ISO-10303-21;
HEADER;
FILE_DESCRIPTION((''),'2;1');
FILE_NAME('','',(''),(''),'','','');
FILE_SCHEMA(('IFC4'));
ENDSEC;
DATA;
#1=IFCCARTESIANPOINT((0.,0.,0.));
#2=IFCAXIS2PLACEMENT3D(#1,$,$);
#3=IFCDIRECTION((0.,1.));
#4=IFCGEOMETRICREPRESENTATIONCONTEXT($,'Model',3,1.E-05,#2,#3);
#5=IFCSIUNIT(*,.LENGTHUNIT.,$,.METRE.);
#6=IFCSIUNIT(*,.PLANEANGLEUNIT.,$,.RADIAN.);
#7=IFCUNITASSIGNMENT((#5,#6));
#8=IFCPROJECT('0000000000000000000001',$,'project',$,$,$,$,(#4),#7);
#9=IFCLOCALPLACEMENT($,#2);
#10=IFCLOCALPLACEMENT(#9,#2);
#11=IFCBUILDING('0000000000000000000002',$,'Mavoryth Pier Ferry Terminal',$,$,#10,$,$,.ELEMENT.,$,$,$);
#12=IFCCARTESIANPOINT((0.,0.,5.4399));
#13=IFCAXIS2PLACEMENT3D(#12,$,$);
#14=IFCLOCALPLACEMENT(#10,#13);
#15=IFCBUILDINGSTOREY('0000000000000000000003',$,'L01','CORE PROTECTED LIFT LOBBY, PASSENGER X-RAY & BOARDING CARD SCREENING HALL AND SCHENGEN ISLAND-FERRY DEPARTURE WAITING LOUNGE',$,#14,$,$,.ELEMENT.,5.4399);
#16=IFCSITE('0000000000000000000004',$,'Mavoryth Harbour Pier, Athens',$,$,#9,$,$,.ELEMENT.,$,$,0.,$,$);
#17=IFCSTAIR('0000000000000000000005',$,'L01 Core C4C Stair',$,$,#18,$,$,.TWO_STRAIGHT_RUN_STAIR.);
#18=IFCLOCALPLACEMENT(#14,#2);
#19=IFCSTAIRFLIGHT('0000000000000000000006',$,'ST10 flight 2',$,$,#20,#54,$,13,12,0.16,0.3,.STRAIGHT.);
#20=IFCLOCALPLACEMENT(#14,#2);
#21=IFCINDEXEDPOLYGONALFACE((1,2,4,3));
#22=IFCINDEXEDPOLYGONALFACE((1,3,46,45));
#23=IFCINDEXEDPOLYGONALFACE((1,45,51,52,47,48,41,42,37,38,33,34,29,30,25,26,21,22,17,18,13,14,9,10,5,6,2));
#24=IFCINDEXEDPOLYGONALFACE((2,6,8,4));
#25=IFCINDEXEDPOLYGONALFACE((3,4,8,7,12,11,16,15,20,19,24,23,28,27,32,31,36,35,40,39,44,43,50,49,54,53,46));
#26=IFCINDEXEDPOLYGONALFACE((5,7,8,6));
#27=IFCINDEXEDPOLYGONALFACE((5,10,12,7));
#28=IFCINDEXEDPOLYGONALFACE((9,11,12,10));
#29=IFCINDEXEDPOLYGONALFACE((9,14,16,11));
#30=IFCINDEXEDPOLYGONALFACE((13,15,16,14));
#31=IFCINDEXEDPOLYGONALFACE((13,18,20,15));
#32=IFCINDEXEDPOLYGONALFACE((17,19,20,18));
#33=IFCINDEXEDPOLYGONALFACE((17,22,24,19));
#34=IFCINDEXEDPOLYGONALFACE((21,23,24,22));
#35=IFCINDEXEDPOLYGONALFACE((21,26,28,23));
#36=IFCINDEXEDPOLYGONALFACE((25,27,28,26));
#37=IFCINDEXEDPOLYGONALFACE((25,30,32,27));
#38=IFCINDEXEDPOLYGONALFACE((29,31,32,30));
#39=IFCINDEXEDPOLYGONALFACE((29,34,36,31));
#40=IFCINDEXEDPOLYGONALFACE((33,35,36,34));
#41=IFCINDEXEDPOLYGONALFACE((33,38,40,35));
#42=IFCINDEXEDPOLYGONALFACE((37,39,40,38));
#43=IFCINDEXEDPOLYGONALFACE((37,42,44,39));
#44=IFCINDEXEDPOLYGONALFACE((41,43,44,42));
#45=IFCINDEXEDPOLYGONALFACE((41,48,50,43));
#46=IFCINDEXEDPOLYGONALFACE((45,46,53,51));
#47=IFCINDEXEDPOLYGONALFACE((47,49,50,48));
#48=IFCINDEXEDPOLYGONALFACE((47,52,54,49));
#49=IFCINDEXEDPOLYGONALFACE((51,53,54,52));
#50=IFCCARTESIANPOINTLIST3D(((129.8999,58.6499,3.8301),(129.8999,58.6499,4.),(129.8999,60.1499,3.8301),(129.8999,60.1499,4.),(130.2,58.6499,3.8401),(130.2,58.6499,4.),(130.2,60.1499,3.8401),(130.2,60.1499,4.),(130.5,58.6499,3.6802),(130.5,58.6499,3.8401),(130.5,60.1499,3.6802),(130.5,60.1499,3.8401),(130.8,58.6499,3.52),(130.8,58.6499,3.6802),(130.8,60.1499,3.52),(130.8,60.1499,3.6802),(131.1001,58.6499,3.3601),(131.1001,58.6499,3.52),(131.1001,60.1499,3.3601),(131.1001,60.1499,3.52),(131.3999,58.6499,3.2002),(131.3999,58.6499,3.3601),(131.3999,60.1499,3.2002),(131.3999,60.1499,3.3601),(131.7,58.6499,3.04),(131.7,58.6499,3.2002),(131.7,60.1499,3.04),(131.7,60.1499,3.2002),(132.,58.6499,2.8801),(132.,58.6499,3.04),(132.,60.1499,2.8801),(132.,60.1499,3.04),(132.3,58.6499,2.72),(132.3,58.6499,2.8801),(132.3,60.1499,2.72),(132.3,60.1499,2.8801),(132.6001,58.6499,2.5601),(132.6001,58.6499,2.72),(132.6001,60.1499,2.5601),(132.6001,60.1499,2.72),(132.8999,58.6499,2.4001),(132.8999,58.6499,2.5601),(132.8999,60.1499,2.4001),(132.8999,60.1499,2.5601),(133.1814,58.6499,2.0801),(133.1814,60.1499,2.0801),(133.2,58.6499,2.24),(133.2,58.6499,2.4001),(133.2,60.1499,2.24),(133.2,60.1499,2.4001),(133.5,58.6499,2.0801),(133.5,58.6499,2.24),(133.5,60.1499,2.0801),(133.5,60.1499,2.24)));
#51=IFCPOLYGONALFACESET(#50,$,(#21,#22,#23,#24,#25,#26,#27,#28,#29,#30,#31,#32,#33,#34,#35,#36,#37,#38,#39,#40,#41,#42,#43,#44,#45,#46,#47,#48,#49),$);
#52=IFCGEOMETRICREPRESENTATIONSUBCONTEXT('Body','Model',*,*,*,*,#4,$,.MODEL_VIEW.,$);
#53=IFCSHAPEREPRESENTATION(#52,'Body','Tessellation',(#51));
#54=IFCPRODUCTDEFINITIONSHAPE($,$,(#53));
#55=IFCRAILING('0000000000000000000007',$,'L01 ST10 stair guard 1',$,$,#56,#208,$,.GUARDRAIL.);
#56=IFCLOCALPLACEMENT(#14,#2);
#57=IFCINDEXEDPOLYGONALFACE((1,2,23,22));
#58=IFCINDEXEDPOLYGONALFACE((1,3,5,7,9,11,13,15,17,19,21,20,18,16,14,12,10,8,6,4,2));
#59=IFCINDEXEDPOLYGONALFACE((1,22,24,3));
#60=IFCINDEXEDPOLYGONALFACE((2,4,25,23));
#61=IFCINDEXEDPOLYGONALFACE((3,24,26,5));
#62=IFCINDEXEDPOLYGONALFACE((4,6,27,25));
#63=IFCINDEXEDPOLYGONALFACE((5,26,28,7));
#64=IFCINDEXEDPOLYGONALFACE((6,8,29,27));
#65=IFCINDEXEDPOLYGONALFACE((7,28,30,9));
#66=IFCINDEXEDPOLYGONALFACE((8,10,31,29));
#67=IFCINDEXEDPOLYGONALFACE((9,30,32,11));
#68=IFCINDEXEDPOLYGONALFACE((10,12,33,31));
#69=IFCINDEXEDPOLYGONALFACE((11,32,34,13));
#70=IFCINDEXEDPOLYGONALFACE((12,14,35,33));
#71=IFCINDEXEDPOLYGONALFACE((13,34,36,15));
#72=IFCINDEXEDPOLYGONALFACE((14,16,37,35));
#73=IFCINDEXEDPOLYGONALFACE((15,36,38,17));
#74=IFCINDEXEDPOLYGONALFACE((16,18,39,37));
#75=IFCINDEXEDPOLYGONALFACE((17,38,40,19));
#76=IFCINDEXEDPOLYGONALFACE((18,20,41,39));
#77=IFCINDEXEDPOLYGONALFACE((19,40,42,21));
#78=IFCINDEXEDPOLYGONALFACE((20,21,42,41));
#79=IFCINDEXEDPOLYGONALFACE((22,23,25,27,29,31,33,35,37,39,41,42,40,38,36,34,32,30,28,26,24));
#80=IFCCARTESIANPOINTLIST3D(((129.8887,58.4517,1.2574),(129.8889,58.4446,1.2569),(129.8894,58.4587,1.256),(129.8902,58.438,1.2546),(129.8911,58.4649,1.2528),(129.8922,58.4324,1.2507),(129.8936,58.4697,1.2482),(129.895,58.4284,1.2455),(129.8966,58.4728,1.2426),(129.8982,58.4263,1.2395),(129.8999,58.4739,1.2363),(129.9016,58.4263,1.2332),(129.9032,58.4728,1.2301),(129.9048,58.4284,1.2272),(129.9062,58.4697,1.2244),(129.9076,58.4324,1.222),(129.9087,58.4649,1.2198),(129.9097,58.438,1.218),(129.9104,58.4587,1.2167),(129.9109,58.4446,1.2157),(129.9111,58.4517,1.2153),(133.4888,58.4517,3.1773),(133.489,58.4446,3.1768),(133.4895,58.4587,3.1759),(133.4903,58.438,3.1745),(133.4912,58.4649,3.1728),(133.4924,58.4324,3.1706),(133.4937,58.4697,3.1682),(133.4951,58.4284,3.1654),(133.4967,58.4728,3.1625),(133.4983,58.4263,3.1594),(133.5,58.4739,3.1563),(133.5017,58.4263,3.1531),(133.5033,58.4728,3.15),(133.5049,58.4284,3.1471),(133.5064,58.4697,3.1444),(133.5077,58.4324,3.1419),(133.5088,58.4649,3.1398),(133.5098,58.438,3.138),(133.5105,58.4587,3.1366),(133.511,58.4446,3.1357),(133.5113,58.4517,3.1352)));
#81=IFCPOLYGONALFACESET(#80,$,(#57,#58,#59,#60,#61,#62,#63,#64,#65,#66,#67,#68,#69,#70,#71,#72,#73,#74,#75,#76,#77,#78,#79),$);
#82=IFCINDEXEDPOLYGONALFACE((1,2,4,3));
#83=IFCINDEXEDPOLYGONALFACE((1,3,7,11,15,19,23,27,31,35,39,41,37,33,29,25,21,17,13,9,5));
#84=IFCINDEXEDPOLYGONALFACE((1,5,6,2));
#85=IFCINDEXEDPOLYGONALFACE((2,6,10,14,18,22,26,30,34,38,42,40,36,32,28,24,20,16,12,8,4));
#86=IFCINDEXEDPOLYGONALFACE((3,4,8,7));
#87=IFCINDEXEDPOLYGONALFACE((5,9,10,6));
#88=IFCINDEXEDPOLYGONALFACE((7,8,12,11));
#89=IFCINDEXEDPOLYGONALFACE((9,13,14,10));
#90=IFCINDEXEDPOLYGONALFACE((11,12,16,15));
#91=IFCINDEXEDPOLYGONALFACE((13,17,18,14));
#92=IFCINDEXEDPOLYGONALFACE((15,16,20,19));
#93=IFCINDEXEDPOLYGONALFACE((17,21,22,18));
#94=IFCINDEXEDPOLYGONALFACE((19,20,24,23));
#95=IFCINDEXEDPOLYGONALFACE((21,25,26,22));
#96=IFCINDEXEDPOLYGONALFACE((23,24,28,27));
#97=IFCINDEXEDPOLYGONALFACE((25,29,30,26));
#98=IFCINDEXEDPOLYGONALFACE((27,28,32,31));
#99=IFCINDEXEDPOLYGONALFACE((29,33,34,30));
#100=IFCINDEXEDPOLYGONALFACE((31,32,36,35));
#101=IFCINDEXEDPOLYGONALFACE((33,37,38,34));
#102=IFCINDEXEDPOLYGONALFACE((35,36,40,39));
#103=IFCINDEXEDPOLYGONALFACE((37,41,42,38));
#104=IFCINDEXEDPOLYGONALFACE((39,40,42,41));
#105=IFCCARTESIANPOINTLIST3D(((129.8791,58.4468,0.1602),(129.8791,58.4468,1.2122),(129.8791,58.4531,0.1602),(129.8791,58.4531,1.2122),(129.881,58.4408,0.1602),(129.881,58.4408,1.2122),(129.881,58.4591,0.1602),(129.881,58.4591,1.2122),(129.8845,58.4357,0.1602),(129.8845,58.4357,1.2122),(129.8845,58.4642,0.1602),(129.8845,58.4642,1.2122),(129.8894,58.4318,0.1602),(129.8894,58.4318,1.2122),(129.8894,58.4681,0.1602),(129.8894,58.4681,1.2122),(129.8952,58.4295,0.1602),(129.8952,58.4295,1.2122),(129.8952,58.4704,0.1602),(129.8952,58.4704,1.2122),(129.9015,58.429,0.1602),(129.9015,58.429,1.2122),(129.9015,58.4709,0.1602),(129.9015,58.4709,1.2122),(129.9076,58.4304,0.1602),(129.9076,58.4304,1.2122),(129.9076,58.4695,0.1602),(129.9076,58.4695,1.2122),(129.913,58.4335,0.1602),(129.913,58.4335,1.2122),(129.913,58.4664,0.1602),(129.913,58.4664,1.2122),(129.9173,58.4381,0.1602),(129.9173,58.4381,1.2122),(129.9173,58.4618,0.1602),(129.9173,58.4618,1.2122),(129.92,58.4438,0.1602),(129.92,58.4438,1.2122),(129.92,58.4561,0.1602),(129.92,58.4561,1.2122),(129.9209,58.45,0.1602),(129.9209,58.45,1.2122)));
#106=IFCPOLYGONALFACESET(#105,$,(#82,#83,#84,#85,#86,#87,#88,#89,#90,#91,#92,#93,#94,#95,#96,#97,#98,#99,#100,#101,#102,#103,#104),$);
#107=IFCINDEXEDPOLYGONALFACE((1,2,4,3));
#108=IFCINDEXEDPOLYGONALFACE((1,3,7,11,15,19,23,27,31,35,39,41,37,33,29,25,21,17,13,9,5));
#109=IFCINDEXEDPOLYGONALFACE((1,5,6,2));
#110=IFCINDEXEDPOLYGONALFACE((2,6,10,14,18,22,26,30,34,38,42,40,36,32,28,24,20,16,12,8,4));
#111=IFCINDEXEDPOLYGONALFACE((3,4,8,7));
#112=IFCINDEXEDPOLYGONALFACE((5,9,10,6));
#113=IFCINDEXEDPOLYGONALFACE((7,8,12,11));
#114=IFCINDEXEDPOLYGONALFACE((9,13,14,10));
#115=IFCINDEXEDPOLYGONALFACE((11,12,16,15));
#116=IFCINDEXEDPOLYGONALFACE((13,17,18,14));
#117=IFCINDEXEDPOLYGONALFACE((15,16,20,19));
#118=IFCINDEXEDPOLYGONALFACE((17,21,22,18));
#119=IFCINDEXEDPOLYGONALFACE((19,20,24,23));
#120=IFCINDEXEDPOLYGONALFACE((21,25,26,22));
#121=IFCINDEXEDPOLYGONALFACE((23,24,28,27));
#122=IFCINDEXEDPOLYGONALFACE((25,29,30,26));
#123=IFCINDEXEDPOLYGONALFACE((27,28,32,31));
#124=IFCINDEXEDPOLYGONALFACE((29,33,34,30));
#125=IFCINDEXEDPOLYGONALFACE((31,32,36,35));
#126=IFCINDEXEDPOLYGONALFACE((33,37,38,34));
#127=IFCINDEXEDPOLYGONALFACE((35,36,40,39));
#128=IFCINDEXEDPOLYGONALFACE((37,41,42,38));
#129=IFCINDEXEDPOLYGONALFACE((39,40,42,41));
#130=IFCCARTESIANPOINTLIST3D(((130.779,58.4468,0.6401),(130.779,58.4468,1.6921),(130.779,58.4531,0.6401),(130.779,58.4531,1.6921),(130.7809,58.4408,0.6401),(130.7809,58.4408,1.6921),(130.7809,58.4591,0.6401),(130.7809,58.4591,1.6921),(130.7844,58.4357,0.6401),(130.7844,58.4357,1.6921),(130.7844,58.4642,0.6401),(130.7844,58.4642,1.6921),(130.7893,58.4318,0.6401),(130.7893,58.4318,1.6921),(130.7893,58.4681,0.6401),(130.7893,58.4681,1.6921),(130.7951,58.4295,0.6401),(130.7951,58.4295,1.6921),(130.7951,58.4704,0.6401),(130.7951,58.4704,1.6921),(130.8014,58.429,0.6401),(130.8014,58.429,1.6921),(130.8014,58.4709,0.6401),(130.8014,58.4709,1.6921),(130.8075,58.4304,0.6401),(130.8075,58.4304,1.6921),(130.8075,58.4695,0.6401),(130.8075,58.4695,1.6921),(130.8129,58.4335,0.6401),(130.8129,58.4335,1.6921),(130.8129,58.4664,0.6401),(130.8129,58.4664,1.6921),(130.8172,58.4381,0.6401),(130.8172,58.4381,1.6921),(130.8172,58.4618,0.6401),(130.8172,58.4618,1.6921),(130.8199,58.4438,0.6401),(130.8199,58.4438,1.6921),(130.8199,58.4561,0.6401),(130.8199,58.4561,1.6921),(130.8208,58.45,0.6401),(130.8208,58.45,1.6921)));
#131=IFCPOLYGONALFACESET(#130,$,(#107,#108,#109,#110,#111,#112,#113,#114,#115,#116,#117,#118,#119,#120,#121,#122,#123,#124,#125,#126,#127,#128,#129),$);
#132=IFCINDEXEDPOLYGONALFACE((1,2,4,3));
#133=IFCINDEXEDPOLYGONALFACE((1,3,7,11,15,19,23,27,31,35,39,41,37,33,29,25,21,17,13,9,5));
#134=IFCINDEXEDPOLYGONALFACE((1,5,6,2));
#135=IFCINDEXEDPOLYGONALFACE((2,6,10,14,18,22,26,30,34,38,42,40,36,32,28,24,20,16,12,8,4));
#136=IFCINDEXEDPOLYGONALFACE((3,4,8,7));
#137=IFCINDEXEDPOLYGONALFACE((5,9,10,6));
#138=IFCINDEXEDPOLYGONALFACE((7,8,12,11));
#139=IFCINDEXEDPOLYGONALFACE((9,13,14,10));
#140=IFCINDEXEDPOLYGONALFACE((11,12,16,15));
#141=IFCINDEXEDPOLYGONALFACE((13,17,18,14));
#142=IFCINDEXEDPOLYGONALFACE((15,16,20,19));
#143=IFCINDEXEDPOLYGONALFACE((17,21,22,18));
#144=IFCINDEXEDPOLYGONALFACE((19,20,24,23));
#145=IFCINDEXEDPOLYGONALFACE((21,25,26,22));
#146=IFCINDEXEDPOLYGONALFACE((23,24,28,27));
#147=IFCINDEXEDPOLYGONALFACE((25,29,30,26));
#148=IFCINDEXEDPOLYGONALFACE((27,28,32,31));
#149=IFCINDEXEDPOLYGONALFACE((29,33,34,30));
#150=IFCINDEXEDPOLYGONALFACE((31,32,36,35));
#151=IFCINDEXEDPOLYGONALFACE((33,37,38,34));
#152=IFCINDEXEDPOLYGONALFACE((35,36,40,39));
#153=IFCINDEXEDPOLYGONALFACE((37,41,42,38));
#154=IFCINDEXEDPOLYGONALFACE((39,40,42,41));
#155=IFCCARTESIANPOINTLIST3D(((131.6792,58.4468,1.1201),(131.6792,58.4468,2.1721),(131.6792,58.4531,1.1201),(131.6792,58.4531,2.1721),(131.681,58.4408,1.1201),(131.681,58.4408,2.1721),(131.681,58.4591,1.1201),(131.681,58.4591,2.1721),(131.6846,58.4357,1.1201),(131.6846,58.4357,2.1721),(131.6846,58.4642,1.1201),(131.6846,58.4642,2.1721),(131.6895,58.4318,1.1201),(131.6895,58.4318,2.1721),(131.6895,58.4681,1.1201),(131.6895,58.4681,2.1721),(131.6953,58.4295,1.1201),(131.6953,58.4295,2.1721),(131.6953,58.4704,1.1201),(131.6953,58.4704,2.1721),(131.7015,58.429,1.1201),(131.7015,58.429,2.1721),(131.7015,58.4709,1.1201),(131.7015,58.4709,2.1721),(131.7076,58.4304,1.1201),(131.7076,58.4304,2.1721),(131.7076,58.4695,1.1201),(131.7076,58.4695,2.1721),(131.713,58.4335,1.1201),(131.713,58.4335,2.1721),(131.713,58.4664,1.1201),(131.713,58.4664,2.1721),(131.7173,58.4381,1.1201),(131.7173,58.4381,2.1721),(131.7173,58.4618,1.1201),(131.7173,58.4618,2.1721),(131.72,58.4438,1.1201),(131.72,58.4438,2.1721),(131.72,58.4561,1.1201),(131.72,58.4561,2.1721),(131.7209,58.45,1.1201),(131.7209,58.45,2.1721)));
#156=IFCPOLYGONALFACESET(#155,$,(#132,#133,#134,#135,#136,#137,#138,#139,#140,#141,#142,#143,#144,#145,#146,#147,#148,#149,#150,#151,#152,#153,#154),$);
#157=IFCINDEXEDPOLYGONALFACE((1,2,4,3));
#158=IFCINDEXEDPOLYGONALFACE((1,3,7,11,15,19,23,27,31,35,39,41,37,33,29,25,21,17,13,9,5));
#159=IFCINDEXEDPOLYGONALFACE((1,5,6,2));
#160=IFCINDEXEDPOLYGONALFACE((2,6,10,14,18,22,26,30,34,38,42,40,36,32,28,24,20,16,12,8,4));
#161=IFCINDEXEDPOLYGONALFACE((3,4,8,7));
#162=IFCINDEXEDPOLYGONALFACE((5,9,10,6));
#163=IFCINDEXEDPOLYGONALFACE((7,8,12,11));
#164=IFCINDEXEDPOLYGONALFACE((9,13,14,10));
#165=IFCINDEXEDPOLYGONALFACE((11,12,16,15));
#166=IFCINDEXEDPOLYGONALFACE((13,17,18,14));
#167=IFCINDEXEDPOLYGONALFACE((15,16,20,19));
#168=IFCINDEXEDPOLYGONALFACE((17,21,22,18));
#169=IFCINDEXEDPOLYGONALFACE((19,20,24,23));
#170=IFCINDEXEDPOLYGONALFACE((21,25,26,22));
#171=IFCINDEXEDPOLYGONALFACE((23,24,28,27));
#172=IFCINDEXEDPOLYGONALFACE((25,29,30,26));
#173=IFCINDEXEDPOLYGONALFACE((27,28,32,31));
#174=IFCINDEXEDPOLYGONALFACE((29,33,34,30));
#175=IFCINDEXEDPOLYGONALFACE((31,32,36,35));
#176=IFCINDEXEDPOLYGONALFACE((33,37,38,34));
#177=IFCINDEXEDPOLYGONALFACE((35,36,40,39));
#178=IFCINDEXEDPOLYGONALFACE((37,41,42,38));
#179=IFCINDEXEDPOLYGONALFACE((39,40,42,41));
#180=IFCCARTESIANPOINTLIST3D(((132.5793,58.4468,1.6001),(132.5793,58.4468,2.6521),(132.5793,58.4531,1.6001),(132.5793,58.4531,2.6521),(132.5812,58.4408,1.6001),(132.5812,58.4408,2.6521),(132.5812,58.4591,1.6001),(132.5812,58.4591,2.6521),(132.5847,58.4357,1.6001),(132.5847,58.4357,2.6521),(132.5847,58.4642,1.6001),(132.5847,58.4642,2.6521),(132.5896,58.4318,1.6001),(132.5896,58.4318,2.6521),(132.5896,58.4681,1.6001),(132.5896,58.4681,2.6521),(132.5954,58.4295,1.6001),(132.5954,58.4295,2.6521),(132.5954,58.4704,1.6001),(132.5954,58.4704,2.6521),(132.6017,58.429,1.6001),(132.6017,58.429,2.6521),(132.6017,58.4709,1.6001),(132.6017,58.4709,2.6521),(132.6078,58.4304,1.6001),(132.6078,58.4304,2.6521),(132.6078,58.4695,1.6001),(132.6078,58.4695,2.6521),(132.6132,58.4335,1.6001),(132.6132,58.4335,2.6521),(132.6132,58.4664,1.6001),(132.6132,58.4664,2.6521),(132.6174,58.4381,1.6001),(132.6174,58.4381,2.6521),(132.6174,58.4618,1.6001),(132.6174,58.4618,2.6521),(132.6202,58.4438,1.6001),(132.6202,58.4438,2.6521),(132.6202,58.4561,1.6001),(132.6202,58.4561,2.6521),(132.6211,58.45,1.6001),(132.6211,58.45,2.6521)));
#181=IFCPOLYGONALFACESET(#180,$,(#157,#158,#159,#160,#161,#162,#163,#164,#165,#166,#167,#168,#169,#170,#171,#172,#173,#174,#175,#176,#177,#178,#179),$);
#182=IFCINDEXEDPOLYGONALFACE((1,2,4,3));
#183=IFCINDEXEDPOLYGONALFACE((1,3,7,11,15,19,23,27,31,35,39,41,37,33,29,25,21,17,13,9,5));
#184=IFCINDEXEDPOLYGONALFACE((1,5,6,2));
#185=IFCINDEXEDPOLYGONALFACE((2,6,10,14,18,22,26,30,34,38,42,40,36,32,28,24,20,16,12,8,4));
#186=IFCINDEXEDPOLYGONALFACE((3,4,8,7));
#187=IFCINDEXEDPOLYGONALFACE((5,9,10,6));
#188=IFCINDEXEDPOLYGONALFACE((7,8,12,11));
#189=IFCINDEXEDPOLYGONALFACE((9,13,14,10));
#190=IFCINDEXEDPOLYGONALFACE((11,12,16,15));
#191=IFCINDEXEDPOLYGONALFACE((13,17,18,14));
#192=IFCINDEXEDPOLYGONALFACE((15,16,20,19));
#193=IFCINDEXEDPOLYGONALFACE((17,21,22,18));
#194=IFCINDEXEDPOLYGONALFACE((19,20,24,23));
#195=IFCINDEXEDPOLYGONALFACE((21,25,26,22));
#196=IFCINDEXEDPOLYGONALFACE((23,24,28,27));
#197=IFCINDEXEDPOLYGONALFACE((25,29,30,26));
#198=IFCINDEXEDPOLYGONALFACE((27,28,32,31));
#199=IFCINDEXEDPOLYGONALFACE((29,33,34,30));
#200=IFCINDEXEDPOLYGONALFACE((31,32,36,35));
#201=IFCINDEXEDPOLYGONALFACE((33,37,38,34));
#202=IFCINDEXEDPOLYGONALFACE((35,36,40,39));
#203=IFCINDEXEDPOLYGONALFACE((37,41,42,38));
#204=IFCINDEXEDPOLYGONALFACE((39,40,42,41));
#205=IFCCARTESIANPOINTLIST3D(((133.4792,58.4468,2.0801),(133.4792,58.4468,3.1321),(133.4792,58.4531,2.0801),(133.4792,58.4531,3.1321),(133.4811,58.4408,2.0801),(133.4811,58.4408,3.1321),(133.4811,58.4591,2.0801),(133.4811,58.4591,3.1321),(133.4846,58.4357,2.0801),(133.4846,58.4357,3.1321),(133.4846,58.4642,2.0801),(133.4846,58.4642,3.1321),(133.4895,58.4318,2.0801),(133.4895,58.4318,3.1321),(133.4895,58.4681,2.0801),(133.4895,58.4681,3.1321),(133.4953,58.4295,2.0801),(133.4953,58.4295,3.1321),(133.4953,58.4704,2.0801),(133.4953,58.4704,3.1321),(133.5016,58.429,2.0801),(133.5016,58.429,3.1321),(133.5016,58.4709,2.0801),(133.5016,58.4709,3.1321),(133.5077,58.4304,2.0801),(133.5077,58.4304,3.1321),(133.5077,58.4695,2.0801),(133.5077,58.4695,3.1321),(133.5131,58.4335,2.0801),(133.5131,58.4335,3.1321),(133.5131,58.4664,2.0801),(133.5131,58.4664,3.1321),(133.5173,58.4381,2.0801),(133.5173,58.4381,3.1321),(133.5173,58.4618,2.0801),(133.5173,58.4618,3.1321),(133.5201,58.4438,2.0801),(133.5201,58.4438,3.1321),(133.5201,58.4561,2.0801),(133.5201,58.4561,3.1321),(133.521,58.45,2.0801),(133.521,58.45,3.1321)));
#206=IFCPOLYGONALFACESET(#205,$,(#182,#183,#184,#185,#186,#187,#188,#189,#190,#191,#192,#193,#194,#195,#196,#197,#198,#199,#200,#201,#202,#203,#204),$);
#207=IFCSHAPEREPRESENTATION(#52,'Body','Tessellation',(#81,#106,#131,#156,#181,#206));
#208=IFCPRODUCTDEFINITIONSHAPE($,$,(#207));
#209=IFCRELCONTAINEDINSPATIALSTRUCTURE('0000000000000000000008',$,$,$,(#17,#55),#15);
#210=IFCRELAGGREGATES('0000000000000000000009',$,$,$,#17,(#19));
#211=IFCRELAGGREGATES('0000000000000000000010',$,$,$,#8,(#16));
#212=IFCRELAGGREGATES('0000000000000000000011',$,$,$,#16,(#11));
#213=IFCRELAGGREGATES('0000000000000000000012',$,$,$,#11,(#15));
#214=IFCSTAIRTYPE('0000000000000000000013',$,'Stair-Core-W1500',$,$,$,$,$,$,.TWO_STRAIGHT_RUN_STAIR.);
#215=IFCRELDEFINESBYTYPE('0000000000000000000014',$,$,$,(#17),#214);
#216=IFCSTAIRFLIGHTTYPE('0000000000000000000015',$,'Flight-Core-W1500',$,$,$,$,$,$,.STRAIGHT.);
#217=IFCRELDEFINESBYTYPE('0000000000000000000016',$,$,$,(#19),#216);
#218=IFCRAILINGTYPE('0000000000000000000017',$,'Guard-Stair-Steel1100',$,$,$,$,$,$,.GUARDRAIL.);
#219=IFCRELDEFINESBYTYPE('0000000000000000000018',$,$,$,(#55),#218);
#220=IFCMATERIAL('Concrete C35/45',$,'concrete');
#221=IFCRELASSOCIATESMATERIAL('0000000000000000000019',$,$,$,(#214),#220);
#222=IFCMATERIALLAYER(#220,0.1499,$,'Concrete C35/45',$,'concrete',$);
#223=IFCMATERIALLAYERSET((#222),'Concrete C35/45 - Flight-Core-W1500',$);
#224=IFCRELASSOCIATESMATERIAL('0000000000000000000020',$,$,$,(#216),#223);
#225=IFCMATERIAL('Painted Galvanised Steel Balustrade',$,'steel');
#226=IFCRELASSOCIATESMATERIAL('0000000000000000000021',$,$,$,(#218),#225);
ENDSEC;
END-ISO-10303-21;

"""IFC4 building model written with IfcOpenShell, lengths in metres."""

from ifc_helpers import new_model, si_unit, direction, frame, origin, origin_2d, place, context, subcontext, project, spatial, polyline, circle, outline, extrude, material, layer, layer_set, type_object, element, aggregate, save


model = new_model("IFC4")

# Units and contexts
model_context = context("Model", 3, precision=1e-05, world=origin(), true_north=direction((0.0, 1.0)))
body_context = subcontext(model_context, "Body", "Model", "MODEL_VIEW")
ifc_project = project(units=[si_unit("LENGTHUNIT", "METRE"), si_unit("PLANEANGLEUNIT", "RADIAN")], contexts=[model_context])

# Site, building, storey
site_placement = place(None, origin())
site = spatial("IfcSite", under=ifc_project, at=site_placement, Name="Mavoryth Harbour Pier, Athens", CompositionType="ELEMENT", RefElevation=0.0)
building_placement = place(site_placement, origin())
building = spatial("IfcBuilding", under=site, at=building_placement, Name="Mavoryth Pier Ferry Terminal", CompositionType="ELEMENT")
storey_placement = place(building_placement, frame((0.0, 0.0, 5.4399)))
storey = spatial("IfcBuildingStorey", under=building, at=storey_placement, Name="L01", Description="CORE PROTECTED LIFT LOBBY, PASSENGER X-RAY & BOARDING CARD SCREENING HALL AND SCHENGEN ISLAND-FERRY DEPARTURE WAITING LOUNGE", CompositionType="ELEMENT", Elevation=5.4399)

# Shared definitions
ifc_material_1 = material(Name="Concrete C35/45", Category="concrete")

# Stair, stair flight
stair_type = type_object("IfcStairType", Name="Stair-Core-W1500", PredefinedType="TWO_STRAIGHT_RUN_STAIR", material=ifc_material_1)
stair_placement = place(storey_placement, origin())
stair = element("IfcStair", 1, at=stair_placement, inside=storey, type_object=stair_type, Name="L01 Core C4C Stair", PredefinedType="TWO_STRAIGHT_RUN_STAIR")
ifc_layer_1 = layer(ifc_material_1, 0.1499, Name="Concrete C35/45", Category="concrete")
ifc_layer_set_1 = layer_set([ifc_layer_1], Name="Concrete C35/45 - Flight-Core-W1500")
stair_flight_type = type_object("IfcStairFlightType", Name="Flight-Core-W1500", PredefinedType="STRAIGHT", material=ifc_layer_set_1)
stair_flight_placement = place(storey_placement, frame((133.5, 59.3999, 2.0801), z_axis=(0.0, 0.0, 1.0), x_axis=(-1.0, 0.0, 0.0)))
stair_flight = element("IfcStairFlight", 2, at=stair_flight_placement, type_object=stair_flight_type, Name="ST10 flight 2", NumberOfRisers=13, NumberOfTreads=12, PredefinedType="STRAIGHT", RiserHeight=0.16, TreadLength=0.3, context=body_context, shape_type="SweptSolid", body=[
    extrude(outline(polyline([(0.0, 0.0), (0.0, 0.1599), (0.3, 0.1599), (0.3, 0.3201), (0.6001, 0.3201), (0.6001, 0.48), (0.8999, 0.48), (0.8999, 0.6399), (1.2, 0.6399), (1.2, 0.8), (1.5, 0.8), (1.5, 0.96), (1.8, 0.96), (1.8, 1.1201), (2.1001, 1.1201), (2.1001, 1.28), (2.3999, 1.28), (2.3999, 1.4399), (2.7, 1.4399), (2.7, 1.6001), (3.0, 1.6001), (3.0, 1.76), (3.3, 1.76), (3.3, 1.9199), (3.6001, 1.9199), (3.6001, 2.0801), (3.6001, 1.75), (0.3186, 0.0), (0.0, 0.0)])), frame((0.0, 0.75, 0.0), z_axis=(0.0, -1.0, 0.0), x_axis=(1.0, 0.0, 0.0)), (0.0, 0.0, 1.0), 1.5),
])
aggregate(stair, [stair_flight])

# Railing
ifc_material_2 = material(Name="Painted Galvanised Steel Balustrade", Category="steel")
railing_type_1 = type_object("IfcRailingType", Name="Guard-Stair-Steel1100", PredefinedType="GUARDRAIL", material=ifc_material_2)
railing_1_placement = place(storey_placement, frame((129.8999, 58.45, 0.1602)))
element("IfcRailing", 3, at=railing_1_placement, inside=storey, type_object=railing_type_1, Name="L01 ST10 stair guard 1", PredefinedType="GUARDRAIL", context=body_context, shape_type="SweptSolid", body=[
    extrude(circle(Radius=0.0239, at=origin_2d()), frame((0.0, 0.0, 1.0762), z_axis=(0.882366, 0.0, 0.470563), x_axis=(0.0, 1.0, 0.0)), (0.0, 0.0, 1.0), 4.0801),
    extrude(circle(Radius=0.021, at=origin_2d()), origin(), (0.0, 0.0, 1.0), 1.052),
    extrude(circle(Radius=0.021, at=origin_2d()), frame((0.8999, 0.0, 0.48)), (0.0, 0.0, 1.0), 1.052),
    extrude(circle(Radius=0.021, at=origin_2d()), frame((1.8, 0.0, 0.96)), (0.0, 0.0, 1.0), 1.052),
    extrude(circle(Radius=0.021, at=origin_2d()), frame((2.7002, 0.0, 1.4399)), (0.0, 0.0, 1.0), 1.052),
    extrude(circle(Radius=0.021, at=origin_2d()), frame((3.6001, 0.0, 1.9199)), (0.0, 0.0, 1.0), 1.052),
])

save(model, "model.ifc")
